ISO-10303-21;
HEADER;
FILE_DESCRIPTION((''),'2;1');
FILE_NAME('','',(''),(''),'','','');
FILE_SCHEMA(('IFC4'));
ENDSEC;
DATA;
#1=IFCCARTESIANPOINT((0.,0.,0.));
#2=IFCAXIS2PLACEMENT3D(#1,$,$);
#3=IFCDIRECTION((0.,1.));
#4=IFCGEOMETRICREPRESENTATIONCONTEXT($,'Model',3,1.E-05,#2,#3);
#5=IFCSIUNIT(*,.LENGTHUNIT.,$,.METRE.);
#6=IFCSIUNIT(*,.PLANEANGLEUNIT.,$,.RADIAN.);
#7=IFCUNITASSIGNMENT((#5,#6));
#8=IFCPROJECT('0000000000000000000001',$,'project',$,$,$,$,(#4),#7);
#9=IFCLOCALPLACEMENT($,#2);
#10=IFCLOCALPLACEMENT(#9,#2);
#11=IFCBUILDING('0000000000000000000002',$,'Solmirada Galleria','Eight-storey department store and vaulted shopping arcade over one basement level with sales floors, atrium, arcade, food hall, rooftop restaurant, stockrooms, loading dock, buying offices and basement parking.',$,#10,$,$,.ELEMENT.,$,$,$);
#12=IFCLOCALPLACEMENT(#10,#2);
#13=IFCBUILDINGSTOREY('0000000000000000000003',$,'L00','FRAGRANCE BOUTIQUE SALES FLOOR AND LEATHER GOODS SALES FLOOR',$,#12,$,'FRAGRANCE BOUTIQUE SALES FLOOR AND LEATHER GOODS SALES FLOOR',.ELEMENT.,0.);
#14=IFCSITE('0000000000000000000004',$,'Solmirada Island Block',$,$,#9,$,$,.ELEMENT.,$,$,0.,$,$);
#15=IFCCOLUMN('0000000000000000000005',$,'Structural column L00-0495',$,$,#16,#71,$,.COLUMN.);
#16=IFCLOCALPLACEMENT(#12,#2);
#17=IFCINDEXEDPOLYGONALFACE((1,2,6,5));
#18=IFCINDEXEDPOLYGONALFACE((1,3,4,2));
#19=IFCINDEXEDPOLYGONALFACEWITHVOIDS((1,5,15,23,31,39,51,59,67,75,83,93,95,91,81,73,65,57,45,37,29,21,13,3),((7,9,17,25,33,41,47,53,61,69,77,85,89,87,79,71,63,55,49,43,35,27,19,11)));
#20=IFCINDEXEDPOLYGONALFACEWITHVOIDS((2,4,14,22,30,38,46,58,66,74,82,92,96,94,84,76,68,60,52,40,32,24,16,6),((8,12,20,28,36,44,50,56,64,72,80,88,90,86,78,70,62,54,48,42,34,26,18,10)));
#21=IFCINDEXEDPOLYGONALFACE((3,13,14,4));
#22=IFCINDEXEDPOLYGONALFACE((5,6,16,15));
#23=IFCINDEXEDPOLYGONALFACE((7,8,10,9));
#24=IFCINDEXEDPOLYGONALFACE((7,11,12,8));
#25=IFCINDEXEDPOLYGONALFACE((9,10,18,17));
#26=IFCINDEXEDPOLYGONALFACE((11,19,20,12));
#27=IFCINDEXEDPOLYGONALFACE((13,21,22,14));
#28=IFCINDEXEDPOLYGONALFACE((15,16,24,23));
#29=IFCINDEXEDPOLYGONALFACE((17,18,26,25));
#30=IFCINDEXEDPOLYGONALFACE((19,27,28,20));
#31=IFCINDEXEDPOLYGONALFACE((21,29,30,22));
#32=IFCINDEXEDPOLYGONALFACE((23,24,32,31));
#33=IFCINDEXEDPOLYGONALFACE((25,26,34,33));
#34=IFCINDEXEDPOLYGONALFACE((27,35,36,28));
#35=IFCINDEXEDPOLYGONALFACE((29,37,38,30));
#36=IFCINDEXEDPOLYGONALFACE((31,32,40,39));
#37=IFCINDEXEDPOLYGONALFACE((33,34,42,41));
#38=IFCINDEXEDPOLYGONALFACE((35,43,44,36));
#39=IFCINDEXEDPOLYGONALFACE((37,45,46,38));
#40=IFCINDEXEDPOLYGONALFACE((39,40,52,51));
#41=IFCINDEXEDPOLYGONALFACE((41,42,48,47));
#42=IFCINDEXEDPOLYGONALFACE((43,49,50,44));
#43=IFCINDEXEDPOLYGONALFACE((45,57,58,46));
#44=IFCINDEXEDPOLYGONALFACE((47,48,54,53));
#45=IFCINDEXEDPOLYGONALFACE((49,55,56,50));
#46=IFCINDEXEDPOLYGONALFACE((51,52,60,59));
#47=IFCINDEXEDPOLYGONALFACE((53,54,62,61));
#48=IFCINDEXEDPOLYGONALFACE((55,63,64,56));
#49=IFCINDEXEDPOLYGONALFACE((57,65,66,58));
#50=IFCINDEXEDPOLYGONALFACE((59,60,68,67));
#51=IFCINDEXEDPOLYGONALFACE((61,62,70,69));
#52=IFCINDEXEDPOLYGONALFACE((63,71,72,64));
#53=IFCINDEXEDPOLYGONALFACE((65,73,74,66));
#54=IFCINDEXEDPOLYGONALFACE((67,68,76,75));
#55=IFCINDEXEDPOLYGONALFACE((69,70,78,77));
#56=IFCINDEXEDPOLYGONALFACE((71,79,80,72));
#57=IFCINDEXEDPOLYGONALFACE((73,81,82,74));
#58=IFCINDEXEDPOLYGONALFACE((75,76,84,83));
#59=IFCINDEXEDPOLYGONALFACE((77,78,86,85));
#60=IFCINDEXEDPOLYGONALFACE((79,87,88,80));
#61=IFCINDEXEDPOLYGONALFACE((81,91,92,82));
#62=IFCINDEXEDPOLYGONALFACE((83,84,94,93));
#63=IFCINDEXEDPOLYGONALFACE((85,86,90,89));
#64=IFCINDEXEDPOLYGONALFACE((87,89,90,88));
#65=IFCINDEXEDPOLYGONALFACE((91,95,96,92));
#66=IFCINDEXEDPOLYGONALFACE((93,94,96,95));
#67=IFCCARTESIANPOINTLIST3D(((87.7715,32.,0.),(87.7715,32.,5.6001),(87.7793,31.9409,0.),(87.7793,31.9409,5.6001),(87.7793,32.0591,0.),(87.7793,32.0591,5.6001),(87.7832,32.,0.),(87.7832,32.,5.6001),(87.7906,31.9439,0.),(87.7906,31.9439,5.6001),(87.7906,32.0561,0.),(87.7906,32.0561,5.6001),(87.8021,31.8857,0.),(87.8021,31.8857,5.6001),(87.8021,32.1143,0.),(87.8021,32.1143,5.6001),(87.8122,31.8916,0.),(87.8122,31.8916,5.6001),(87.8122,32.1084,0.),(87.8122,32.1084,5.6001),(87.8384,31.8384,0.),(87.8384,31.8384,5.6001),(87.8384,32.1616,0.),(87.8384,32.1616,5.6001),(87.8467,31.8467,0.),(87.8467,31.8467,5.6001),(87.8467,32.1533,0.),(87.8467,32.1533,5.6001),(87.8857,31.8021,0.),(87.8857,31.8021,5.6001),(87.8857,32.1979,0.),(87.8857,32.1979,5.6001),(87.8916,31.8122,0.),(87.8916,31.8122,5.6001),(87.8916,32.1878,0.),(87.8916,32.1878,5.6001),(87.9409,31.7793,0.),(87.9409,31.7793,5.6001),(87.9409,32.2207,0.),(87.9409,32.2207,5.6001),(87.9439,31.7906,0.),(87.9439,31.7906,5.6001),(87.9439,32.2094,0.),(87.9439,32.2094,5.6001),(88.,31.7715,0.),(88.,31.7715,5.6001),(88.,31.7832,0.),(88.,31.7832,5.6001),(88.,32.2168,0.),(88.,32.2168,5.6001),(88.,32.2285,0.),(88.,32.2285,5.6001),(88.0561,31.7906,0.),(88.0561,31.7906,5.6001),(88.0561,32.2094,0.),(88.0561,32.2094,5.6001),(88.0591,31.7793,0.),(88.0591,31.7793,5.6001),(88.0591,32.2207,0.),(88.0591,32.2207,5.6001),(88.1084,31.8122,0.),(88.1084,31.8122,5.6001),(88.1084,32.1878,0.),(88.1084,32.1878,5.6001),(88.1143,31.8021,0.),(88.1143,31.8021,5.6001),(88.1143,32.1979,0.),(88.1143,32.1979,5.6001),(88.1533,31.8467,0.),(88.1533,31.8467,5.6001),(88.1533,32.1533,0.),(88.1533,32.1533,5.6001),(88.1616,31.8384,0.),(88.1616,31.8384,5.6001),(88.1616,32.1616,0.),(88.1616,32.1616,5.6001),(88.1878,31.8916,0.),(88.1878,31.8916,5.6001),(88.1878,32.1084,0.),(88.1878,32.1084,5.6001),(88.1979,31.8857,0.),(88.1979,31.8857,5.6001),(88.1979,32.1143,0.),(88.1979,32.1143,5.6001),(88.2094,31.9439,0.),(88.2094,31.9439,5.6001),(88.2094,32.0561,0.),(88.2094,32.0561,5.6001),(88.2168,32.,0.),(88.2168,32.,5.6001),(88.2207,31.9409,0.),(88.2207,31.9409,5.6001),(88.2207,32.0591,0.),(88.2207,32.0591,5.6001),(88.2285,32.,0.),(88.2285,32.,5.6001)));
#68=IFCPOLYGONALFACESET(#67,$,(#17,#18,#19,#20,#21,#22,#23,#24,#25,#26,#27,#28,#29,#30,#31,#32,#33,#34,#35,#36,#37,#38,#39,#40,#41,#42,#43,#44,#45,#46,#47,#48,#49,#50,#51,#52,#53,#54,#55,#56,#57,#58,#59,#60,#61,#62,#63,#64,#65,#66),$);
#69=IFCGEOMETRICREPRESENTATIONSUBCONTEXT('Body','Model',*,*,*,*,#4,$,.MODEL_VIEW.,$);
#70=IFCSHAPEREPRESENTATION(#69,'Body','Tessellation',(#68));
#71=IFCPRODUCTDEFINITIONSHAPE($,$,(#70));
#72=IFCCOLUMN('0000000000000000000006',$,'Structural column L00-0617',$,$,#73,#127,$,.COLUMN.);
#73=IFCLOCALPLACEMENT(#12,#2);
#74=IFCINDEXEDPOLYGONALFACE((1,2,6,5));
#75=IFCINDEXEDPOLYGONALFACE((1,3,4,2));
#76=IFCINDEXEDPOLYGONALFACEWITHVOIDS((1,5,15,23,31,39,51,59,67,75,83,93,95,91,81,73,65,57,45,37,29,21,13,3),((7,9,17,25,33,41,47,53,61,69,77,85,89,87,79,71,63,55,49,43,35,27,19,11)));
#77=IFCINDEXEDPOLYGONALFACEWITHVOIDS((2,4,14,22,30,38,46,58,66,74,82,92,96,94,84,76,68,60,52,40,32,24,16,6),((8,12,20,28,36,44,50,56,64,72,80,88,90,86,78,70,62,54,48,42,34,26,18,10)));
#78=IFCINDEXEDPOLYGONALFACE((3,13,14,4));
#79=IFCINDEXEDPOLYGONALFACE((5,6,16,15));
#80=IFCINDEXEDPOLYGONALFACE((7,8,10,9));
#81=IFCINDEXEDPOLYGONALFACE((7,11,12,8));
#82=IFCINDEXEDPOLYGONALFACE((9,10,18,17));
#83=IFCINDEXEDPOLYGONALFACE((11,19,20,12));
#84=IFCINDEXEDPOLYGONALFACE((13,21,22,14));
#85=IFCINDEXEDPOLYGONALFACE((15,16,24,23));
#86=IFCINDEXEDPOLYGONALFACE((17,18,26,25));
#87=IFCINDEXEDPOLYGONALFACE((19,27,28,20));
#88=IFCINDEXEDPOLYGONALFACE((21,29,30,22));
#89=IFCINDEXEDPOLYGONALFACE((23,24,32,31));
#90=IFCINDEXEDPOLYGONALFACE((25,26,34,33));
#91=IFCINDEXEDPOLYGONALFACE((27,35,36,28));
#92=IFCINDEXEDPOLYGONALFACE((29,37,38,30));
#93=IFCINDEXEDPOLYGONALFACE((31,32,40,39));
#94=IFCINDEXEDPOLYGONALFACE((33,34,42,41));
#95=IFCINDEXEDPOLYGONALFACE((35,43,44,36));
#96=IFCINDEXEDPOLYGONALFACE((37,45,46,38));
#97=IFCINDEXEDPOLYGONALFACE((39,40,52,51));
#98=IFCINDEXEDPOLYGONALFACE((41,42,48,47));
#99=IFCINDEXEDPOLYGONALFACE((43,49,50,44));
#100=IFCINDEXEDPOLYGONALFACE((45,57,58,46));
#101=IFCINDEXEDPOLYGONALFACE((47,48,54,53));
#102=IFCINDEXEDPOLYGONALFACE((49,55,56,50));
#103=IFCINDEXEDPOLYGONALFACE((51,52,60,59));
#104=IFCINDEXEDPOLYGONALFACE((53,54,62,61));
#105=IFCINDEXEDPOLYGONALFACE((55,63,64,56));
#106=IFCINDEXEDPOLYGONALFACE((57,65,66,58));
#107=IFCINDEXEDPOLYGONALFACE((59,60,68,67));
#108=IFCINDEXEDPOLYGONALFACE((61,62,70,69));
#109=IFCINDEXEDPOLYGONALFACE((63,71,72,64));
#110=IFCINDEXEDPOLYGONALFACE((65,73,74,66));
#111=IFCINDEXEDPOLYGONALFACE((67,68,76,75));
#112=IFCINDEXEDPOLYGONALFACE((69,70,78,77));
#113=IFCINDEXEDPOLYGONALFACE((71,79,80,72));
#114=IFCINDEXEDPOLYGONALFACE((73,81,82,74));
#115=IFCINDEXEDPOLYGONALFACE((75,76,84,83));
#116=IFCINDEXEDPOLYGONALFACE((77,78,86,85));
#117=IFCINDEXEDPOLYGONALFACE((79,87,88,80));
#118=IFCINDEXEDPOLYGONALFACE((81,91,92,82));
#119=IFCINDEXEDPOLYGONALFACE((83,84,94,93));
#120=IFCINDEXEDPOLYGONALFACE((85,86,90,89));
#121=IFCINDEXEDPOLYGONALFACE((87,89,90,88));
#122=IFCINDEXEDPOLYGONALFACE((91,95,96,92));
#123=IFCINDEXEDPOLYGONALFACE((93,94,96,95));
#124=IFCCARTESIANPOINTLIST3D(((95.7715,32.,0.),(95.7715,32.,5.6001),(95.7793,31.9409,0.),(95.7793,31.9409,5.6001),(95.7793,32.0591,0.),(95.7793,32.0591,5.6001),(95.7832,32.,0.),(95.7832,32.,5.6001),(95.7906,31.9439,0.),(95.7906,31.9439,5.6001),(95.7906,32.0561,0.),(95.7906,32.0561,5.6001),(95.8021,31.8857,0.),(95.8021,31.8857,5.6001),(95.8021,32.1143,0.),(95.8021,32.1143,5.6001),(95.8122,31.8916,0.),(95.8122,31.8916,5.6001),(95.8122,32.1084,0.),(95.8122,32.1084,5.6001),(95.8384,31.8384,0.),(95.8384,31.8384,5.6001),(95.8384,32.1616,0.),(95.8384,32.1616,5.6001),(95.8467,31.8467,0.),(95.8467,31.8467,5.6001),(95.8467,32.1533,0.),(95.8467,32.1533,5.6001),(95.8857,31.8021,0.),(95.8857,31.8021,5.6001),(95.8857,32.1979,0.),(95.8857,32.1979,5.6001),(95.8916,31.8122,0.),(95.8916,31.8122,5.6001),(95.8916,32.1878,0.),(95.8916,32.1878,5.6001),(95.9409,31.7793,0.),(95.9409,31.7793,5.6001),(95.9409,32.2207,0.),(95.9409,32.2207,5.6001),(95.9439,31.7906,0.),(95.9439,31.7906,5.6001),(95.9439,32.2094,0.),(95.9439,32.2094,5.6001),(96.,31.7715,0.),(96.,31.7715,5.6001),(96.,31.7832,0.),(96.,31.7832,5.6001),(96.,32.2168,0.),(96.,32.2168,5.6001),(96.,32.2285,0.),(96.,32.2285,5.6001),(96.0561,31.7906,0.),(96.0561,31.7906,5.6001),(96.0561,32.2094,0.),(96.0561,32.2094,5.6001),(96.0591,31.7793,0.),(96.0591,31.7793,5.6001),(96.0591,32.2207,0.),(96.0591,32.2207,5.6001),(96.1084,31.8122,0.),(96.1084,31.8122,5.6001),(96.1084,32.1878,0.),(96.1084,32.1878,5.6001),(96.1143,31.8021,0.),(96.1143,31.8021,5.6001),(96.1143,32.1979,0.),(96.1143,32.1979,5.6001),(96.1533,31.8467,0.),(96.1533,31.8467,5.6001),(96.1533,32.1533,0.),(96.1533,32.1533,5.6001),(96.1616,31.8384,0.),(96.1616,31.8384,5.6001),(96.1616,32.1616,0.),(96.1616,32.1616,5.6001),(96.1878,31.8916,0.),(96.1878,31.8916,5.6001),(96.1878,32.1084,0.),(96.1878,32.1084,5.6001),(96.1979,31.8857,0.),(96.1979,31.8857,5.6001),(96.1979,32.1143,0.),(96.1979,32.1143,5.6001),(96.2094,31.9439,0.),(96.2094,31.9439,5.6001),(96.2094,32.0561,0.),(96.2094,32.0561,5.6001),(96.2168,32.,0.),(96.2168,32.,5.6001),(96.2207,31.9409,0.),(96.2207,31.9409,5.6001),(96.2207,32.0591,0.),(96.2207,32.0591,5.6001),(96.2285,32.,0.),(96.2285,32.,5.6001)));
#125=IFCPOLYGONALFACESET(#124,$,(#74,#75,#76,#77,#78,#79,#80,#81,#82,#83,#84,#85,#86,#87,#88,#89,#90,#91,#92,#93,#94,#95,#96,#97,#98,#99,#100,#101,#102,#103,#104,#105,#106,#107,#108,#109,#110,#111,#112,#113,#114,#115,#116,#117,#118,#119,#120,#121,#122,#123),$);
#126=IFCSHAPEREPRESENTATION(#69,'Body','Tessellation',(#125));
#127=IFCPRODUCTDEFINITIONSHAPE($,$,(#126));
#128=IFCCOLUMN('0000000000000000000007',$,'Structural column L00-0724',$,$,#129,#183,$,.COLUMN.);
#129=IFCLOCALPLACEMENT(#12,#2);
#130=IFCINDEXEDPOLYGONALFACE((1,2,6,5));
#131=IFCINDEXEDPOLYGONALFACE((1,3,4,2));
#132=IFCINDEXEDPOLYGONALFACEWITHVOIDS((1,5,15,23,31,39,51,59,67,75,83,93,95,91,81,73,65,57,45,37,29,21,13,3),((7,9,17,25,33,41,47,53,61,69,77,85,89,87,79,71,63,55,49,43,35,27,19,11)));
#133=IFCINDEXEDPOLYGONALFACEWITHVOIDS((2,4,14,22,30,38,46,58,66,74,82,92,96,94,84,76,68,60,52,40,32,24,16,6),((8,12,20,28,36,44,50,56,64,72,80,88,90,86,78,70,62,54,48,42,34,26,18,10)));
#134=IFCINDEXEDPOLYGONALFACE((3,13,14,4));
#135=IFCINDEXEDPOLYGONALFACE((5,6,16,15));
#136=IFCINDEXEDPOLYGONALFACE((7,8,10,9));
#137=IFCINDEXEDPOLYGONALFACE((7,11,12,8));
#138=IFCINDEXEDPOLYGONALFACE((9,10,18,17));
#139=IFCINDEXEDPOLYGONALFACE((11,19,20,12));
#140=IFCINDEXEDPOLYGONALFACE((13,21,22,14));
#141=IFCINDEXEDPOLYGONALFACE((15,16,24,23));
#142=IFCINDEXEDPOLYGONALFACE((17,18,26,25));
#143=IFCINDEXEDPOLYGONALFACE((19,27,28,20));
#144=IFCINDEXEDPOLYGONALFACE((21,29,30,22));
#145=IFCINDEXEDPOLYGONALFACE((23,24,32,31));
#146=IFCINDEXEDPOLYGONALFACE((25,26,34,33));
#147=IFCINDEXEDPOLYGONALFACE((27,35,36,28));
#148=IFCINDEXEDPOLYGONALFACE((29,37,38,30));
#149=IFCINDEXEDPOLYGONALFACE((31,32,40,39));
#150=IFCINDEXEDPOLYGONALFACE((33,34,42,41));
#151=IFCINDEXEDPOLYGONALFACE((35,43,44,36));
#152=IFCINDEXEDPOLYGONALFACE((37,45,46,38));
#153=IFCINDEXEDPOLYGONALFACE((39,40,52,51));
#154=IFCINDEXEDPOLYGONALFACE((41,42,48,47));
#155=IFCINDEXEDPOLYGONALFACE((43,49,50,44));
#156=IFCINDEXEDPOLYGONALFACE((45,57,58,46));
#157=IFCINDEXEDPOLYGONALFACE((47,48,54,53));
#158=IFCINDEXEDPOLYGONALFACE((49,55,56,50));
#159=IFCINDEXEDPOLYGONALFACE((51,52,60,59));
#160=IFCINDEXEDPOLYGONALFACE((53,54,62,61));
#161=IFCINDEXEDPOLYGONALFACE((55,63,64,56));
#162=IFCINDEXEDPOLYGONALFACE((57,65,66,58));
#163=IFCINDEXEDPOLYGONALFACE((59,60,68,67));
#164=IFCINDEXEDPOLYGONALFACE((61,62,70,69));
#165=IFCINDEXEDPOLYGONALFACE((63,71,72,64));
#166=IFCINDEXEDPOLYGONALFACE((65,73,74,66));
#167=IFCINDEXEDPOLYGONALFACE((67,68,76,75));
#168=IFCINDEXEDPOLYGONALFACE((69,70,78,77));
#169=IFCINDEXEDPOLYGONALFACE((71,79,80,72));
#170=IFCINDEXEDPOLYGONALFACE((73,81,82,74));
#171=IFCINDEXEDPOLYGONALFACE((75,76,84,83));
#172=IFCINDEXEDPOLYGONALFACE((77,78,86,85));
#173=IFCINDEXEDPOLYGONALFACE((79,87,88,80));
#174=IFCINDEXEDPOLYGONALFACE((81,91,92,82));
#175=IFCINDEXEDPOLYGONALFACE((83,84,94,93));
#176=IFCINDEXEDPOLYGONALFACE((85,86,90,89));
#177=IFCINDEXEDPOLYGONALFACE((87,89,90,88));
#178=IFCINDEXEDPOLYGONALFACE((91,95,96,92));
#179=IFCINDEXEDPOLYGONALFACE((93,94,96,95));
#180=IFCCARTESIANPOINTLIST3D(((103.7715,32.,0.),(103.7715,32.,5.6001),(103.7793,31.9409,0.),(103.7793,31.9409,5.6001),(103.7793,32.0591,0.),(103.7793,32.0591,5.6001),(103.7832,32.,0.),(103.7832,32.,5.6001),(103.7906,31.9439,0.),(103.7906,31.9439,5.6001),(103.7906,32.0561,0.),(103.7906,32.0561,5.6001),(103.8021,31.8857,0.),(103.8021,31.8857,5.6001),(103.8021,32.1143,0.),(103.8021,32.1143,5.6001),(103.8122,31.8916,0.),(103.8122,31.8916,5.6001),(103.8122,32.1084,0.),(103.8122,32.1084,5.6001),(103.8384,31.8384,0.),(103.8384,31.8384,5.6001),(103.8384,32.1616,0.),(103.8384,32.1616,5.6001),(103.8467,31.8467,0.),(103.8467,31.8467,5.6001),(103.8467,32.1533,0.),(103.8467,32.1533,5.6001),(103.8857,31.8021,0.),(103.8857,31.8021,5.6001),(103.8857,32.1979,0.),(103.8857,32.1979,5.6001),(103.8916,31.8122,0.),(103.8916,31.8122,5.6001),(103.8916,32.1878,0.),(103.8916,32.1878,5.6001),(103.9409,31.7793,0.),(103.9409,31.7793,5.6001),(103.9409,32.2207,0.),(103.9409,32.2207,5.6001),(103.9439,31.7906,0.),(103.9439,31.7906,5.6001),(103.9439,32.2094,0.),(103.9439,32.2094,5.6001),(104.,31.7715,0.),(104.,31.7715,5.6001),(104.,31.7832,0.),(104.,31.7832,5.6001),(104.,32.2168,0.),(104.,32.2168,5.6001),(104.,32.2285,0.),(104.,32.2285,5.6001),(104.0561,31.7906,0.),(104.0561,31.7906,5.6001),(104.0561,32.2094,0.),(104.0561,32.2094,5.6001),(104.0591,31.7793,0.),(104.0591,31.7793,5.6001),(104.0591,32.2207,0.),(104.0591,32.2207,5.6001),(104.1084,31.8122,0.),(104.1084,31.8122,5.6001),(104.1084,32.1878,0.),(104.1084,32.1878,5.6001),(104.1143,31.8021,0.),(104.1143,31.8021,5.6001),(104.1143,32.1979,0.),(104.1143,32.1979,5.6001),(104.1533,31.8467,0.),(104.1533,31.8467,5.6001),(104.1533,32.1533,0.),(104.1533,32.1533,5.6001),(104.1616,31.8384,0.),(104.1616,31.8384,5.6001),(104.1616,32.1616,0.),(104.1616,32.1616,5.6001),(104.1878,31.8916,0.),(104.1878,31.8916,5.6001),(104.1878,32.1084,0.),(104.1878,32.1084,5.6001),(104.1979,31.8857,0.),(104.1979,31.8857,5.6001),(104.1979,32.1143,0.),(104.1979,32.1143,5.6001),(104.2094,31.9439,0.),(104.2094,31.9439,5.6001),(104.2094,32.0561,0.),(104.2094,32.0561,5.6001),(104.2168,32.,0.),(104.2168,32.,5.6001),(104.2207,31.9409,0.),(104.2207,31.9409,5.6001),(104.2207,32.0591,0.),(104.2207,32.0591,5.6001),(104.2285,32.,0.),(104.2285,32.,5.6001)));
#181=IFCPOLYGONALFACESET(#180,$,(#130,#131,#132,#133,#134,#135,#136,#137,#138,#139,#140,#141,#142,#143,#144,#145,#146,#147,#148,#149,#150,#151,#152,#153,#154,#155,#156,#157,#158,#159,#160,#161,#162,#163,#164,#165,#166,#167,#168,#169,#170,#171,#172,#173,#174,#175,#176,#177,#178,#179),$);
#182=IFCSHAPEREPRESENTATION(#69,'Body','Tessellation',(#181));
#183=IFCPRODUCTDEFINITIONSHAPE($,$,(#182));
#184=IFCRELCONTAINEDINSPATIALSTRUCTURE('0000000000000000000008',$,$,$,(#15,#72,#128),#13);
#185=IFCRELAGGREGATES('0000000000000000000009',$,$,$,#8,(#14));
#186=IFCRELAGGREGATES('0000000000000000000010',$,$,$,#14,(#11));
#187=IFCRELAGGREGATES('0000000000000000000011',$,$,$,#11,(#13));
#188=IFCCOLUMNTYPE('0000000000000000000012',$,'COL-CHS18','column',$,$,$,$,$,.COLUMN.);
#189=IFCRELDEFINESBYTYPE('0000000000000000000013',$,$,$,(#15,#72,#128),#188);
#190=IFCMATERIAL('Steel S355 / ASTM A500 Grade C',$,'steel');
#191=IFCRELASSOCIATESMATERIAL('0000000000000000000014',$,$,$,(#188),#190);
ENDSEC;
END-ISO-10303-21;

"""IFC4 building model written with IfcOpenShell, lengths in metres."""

from ifc_helpers import new_model, si_unit, direction, frame, origin, origin_2d, place, context, subcontext, project, spatial, hollow_circle, extrude, material, material_profile, profile_set, type_object, element, save


model = new_model("IFC4")

# Units and contexts
model_context = context("Model", 3, precision=1e-05, world=origin(), true_north=direction((0.0, 1.0)))
body_context = subcontext(model_context, "Body", "Model", "MODEL_VIEW")
ifc_project = project(units=[si_unit("LENGTHUNIT", "METRE"), si_unit("PLANEANGLEUNIT", "RADIAN")], contexts=[model_context])

# Site, building, storey
site_placement = place(None, origin())
site = spatial("IfcSite", under=ifc_project, at=site_placement, Name="Solmirada Island Block", CompositionType="ELEMENT", RefElevation=0.0)
building_placement = place(site_placement, origin())
building = spatial("IfcBuilding", under=site, at=building_placement, Name="Solmirada Galleria", Description="Eight-storey department store and vaulted shopping arcade over one basement level with sales floors, atrium, arcade, food hall, rooftop restaurant, stockrooms, loading dock, buying offices and basement parking.", CompositionType="ELEMENT")
storey_placement = place(building_placement, origin())
storey = spatial("IfcBuildingStorey", under=building, at=storey_placement, Name="L00", Description="FRAGRANCE BOUTIQUE SALES FLOOR AND LEATHER GOODS SALES FLOOR", LongName="FRAGRANCE BOUTIQUE SALES FLOOR AND LEATHER GOODS SALES FLOOR", CompositionType="ELEMENT", Elevation=0.0)

# Columns
ifc_material_1 = material(Name="Steel S355 / ASTM A500 Grade C", Category="steel")
ifc_material_profile_1 = material_profile(ifc_material_1, hollow_circle(Radius=0.2285, WallThickness=0.0117, at=origin_2d()), Name="HSS18.000X0.500")
ifc_profile_set_1 = profile_set([ifc_material_profile_1], Name="Steel S355 / ASTM A500 Grade C")
column_type_1 = type_object("IfcColumnType", Name="COL-CHS18", Description="column", PredefinedType="COLUMN", material=ifc_profile_set_1)
for number, where, z_axis, x_axis, name in (
    (1, (88.0, 32.0, 0.0), (0.0, 0.0, 1.0), (1.0, 0.0, 0.0), "Structural column L00-0495"),
    (2, (96.0, 32.0, 0.0), (0.0, 0.0, 1.0), (1.0, 0.0, 0.0), "Structural column L00-0617"),
    (3, (104.0, 32.0, 0.0), (0.0, 0.0, 1.0), (1.0, 0.0, 0.0), "Structural column L00-0724"),
):
    element("IfcColumn", number, at=place(storey_placement, frame(where, z_axis=z_axis, x_axis=x_axis)), inside=storey, type_object=column_type_1, Name=name, PredefinedType="COLUMN", context=body_context, shape_type="SweptSolid", body=[
        extrude(hollow_circle(Radius=0.2285, WallThickness=0.0117, at=origin_2d()), origin(), (0.0, 0.0, 1.0), 5.6001),
    ])

save(model, "model.ifc")
